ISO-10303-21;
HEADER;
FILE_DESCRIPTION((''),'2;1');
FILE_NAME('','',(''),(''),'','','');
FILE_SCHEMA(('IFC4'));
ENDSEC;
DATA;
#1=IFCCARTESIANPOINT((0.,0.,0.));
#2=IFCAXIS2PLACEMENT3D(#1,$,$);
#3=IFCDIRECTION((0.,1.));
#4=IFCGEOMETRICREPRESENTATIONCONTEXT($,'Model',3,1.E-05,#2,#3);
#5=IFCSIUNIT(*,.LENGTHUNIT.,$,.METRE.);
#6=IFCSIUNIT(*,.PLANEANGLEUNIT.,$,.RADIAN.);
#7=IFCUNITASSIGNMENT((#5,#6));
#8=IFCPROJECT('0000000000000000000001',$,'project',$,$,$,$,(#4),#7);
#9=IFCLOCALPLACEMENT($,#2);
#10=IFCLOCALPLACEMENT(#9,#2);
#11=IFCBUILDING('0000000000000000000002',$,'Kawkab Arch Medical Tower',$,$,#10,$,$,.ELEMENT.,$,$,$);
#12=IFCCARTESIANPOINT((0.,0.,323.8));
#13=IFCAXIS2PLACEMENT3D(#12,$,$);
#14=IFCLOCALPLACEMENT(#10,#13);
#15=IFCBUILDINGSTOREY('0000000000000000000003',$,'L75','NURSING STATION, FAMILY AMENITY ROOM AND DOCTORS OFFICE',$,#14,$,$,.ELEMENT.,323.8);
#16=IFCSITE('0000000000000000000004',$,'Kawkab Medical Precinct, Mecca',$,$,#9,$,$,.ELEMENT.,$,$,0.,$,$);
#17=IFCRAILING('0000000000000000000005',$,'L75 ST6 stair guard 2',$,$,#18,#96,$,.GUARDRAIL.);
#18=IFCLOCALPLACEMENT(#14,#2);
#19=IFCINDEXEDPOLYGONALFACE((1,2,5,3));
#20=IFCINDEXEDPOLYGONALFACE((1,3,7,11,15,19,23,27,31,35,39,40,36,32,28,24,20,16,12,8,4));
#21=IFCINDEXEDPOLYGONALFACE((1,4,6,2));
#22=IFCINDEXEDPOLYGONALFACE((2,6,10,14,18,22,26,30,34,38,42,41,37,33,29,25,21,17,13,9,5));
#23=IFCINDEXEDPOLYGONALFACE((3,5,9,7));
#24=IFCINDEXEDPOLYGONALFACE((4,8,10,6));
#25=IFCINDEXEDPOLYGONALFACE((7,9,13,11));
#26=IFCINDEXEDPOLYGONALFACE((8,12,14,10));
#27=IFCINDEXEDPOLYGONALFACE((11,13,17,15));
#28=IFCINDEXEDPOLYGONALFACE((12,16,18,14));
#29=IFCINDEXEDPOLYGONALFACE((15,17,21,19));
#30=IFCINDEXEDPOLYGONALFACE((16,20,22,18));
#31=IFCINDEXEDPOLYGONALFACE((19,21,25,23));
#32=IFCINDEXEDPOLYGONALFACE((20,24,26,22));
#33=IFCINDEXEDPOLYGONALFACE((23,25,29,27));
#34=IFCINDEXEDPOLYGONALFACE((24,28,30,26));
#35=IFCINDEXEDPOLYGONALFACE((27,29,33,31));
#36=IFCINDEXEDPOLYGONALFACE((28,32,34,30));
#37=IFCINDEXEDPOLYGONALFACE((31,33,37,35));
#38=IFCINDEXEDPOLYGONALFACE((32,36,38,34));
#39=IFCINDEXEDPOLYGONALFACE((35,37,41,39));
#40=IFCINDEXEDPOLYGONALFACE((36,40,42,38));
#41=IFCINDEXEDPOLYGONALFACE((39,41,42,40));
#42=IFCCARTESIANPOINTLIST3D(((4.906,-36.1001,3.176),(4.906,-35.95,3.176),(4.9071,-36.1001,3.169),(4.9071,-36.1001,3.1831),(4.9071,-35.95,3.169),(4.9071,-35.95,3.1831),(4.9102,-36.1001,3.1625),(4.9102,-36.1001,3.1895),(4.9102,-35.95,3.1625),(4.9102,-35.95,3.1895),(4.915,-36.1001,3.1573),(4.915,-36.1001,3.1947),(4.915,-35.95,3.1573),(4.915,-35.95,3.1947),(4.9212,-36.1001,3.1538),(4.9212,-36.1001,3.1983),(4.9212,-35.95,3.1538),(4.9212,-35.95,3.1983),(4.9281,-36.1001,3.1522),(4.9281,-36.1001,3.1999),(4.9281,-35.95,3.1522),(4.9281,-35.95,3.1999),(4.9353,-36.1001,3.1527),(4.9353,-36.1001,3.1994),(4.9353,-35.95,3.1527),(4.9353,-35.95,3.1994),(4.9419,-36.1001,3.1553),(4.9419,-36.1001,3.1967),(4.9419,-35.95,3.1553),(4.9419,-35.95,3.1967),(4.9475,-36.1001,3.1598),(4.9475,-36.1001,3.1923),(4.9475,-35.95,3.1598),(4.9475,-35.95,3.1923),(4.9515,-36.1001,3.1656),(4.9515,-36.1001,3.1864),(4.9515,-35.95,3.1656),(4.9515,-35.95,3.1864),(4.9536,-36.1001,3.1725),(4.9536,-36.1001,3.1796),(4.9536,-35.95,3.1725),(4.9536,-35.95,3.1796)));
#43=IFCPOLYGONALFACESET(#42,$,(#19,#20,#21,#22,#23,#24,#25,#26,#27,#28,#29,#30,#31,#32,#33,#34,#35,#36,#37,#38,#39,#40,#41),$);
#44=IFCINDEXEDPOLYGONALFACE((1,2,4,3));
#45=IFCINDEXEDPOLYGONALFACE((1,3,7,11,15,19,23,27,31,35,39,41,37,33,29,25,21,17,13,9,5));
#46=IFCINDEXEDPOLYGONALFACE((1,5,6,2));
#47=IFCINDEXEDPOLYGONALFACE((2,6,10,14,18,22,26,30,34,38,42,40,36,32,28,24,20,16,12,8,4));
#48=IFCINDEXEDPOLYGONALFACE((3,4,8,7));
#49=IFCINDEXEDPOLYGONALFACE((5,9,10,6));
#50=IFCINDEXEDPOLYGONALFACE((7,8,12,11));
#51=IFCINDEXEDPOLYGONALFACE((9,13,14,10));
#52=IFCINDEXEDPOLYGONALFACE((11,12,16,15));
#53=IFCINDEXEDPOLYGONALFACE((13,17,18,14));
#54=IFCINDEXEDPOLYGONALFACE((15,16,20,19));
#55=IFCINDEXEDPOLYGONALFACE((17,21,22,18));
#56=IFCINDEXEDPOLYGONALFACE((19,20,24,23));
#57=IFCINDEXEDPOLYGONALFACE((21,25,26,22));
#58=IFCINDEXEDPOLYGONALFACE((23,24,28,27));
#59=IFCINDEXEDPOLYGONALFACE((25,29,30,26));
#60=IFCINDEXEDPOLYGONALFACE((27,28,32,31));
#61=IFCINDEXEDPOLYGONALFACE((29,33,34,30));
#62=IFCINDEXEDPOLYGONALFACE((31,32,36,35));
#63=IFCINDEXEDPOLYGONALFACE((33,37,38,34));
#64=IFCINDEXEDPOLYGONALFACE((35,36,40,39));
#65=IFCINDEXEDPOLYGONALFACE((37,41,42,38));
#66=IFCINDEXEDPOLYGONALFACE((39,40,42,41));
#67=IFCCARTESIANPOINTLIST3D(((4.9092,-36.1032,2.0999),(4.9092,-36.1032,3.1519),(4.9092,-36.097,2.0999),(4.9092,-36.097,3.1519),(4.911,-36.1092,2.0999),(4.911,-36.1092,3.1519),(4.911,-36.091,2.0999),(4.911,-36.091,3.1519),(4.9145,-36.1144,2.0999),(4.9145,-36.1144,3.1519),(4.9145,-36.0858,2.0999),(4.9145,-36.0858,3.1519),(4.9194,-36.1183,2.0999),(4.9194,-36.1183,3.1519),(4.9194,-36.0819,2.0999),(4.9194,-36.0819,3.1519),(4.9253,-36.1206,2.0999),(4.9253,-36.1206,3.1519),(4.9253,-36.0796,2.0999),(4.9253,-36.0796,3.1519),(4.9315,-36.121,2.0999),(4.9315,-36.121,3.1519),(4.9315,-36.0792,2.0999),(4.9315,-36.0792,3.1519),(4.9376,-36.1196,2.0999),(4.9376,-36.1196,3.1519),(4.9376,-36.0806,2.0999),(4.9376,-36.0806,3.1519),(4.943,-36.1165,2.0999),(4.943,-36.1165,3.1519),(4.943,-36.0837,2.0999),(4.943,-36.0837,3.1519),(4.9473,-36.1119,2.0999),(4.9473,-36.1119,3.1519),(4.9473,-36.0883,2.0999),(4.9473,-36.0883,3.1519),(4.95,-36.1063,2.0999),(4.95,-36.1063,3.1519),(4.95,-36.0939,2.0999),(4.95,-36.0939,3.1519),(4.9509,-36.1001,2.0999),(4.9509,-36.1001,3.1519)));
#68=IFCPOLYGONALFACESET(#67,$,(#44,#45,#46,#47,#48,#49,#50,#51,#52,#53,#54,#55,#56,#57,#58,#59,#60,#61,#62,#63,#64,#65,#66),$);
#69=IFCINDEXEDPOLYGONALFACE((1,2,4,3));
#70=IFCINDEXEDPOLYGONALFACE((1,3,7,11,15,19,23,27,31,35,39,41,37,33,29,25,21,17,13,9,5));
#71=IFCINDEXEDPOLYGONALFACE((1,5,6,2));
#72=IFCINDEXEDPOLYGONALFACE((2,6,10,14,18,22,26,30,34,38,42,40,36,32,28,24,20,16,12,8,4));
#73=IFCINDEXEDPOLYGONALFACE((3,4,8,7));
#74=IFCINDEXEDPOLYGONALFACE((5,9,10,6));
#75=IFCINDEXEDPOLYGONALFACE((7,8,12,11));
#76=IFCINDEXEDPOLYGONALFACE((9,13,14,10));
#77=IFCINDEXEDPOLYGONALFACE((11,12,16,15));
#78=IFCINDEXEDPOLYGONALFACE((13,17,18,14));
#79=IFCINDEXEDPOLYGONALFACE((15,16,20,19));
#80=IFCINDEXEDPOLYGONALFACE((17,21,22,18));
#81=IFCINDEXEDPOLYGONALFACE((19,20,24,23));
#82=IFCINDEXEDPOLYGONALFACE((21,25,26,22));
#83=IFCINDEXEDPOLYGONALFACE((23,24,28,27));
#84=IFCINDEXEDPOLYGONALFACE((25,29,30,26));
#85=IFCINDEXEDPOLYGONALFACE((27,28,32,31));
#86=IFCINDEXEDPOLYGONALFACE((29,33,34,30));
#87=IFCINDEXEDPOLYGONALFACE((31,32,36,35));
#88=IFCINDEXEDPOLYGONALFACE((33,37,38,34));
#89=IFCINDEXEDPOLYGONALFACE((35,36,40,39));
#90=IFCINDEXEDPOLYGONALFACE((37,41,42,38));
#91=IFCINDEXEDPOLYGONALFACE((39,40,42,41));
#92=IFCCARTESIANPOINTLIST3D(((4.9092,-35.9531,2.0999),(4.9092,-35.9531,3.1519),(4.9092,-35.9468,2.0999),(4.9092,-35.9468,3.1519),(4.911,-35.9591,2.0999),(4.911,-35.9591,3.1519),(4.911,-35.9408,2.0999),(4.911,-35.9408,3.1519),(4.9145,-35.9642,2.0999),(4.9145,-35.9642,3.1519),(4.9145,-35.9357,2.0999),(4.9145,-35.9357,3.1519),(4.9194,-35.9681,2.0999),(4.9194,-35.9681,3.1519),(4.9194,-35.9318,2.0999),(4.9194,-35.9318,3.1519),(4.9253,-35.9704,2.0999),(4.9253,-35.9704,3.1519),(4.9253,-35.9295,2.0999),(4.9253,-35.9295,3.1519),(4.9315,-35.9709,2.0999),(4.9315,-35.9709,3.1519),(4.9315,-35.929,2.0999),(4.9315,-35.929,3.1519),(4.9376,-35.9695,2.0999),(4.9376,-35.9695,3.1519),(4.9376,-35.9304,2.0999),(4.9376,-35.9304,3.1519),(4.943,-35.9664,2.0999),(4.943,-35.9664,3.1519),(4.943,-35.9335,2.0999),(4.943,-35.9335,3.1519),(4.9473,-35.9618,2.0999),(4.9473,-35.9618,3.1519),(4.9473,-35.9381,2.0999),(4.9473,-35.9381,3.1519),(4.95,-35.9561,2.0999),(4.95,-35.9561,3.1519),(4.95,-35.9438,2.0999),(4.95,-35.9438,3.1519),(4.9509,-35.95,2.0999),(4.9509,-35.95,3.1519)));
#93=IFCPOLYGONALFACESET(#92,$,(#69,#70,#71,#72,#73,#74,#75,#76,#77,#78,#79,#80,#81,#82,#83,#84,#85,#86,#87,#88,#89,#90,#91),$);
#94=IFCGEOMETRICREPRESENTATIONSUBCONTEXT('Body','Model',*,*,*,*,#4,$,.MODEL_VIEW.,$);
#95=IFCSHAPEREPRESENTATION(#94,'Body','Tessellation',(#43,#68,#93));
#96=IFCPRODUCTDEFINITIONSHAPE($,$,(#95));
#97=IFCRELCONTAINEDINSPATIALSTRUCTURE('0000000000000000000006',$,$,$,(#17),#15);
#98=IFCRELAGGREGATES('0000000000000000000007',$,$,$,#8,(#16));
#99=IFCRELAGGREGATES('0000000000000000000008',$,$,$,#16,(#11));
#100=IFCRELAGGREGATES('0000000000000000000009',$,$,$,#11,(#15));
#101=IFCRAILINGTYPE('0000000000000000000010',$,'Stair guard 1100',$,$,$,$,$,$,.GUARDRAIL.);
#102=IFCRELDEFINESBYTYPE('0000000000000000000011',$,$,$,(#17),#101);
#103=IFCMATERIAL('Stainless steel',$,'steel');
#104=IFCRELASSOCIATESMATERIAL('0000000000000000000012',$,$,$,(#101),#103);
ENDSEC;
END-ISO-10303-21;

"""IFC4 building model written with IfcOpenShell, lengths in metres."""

from ifc_helpers import new_model, si_unit, direction, frame, origin, origin_2d, place, context, subcontext, project, spatial, circle, extrude, material, type_object, element, save


model = new_model("IFC4")

# Units and contexts
model_context = context("Model", 3, precision=1e-05, world=origin(), true_north=direction((0.0, 1.0)))
body_context = subcontext(model_context, "Body", "Model", "MODEL_VIEW")
ifc_project = project(units=[si_unit("LENGTHUNIT", "METRE"), si_unit("PLANEANGLEUNIT", "RADIAN")], contexts=[model_context])

# Site, building, storey
site_placement = place(None, origin())
site = spatial("IfcSite", under=ifc_project, at=site_placement, Name="Kawkab Medical Precinct, Mecca", CompositionType="ELEMENT", RefElevation=0.0)
building_placement = place(site_placement, origin())
building = spatial("IfcBuilding", under=site, at=building_placement, Name="Kawkab Arch Medical Tower", CompositionType="ELEMENT")
storey_placement = place(building_placement, frame((0.0, 0.0, 323.8)))
storey = spatial("IfcBuildingStorey", under=building, at=storey_placement, Name="L75", Description="NURSING STATION, FAMILY AMENITY ROOM AND DOCTORS OFFICE", CompositionType="ELEMENT", Elevation=323.8)

# Railing
ifc_material_1 = material(Name="Stainless steel", Category="steel")
railing_type_1 = type_object("IfcRailingType", Name="Stair guard 1100", PredefinedType="GUARDRAIL", material=ifc_material_1)
railing_1_placement = place(storey_placement, frame((4.9299, -36.1001, 2.0999)))
element("IfcRailing", 1, at=railing_1_placement, inside=storey, type_object=railing_type_1, Name="L75 ST6 stair guard 2", PredefinedType="GUARDRAIL", context=body_context, shape_type="SweptSolid", body=[
    extrude(circle(Radius=0.0239, at=origin_2d()), frame((0.0, 0.0, 1.0762), z_axis=(0.0, 1.0, 0.0), x_axis=(-1.0, 0.0, 0.0)), (0.0, 0.0, 1.0), 0.1501),
    extrude(circle(Radius=0.021, at=origin_2d()), origin(), (0.0, 0.0, 1.0), 1.052),
    extrude(circle(Radius=0.021, at=origin_2d()), frame((0.0, 0.1501, 0.0)), (0.0, 0.0, 1.0), 1.052),
])

save(model, "model.ifc")
